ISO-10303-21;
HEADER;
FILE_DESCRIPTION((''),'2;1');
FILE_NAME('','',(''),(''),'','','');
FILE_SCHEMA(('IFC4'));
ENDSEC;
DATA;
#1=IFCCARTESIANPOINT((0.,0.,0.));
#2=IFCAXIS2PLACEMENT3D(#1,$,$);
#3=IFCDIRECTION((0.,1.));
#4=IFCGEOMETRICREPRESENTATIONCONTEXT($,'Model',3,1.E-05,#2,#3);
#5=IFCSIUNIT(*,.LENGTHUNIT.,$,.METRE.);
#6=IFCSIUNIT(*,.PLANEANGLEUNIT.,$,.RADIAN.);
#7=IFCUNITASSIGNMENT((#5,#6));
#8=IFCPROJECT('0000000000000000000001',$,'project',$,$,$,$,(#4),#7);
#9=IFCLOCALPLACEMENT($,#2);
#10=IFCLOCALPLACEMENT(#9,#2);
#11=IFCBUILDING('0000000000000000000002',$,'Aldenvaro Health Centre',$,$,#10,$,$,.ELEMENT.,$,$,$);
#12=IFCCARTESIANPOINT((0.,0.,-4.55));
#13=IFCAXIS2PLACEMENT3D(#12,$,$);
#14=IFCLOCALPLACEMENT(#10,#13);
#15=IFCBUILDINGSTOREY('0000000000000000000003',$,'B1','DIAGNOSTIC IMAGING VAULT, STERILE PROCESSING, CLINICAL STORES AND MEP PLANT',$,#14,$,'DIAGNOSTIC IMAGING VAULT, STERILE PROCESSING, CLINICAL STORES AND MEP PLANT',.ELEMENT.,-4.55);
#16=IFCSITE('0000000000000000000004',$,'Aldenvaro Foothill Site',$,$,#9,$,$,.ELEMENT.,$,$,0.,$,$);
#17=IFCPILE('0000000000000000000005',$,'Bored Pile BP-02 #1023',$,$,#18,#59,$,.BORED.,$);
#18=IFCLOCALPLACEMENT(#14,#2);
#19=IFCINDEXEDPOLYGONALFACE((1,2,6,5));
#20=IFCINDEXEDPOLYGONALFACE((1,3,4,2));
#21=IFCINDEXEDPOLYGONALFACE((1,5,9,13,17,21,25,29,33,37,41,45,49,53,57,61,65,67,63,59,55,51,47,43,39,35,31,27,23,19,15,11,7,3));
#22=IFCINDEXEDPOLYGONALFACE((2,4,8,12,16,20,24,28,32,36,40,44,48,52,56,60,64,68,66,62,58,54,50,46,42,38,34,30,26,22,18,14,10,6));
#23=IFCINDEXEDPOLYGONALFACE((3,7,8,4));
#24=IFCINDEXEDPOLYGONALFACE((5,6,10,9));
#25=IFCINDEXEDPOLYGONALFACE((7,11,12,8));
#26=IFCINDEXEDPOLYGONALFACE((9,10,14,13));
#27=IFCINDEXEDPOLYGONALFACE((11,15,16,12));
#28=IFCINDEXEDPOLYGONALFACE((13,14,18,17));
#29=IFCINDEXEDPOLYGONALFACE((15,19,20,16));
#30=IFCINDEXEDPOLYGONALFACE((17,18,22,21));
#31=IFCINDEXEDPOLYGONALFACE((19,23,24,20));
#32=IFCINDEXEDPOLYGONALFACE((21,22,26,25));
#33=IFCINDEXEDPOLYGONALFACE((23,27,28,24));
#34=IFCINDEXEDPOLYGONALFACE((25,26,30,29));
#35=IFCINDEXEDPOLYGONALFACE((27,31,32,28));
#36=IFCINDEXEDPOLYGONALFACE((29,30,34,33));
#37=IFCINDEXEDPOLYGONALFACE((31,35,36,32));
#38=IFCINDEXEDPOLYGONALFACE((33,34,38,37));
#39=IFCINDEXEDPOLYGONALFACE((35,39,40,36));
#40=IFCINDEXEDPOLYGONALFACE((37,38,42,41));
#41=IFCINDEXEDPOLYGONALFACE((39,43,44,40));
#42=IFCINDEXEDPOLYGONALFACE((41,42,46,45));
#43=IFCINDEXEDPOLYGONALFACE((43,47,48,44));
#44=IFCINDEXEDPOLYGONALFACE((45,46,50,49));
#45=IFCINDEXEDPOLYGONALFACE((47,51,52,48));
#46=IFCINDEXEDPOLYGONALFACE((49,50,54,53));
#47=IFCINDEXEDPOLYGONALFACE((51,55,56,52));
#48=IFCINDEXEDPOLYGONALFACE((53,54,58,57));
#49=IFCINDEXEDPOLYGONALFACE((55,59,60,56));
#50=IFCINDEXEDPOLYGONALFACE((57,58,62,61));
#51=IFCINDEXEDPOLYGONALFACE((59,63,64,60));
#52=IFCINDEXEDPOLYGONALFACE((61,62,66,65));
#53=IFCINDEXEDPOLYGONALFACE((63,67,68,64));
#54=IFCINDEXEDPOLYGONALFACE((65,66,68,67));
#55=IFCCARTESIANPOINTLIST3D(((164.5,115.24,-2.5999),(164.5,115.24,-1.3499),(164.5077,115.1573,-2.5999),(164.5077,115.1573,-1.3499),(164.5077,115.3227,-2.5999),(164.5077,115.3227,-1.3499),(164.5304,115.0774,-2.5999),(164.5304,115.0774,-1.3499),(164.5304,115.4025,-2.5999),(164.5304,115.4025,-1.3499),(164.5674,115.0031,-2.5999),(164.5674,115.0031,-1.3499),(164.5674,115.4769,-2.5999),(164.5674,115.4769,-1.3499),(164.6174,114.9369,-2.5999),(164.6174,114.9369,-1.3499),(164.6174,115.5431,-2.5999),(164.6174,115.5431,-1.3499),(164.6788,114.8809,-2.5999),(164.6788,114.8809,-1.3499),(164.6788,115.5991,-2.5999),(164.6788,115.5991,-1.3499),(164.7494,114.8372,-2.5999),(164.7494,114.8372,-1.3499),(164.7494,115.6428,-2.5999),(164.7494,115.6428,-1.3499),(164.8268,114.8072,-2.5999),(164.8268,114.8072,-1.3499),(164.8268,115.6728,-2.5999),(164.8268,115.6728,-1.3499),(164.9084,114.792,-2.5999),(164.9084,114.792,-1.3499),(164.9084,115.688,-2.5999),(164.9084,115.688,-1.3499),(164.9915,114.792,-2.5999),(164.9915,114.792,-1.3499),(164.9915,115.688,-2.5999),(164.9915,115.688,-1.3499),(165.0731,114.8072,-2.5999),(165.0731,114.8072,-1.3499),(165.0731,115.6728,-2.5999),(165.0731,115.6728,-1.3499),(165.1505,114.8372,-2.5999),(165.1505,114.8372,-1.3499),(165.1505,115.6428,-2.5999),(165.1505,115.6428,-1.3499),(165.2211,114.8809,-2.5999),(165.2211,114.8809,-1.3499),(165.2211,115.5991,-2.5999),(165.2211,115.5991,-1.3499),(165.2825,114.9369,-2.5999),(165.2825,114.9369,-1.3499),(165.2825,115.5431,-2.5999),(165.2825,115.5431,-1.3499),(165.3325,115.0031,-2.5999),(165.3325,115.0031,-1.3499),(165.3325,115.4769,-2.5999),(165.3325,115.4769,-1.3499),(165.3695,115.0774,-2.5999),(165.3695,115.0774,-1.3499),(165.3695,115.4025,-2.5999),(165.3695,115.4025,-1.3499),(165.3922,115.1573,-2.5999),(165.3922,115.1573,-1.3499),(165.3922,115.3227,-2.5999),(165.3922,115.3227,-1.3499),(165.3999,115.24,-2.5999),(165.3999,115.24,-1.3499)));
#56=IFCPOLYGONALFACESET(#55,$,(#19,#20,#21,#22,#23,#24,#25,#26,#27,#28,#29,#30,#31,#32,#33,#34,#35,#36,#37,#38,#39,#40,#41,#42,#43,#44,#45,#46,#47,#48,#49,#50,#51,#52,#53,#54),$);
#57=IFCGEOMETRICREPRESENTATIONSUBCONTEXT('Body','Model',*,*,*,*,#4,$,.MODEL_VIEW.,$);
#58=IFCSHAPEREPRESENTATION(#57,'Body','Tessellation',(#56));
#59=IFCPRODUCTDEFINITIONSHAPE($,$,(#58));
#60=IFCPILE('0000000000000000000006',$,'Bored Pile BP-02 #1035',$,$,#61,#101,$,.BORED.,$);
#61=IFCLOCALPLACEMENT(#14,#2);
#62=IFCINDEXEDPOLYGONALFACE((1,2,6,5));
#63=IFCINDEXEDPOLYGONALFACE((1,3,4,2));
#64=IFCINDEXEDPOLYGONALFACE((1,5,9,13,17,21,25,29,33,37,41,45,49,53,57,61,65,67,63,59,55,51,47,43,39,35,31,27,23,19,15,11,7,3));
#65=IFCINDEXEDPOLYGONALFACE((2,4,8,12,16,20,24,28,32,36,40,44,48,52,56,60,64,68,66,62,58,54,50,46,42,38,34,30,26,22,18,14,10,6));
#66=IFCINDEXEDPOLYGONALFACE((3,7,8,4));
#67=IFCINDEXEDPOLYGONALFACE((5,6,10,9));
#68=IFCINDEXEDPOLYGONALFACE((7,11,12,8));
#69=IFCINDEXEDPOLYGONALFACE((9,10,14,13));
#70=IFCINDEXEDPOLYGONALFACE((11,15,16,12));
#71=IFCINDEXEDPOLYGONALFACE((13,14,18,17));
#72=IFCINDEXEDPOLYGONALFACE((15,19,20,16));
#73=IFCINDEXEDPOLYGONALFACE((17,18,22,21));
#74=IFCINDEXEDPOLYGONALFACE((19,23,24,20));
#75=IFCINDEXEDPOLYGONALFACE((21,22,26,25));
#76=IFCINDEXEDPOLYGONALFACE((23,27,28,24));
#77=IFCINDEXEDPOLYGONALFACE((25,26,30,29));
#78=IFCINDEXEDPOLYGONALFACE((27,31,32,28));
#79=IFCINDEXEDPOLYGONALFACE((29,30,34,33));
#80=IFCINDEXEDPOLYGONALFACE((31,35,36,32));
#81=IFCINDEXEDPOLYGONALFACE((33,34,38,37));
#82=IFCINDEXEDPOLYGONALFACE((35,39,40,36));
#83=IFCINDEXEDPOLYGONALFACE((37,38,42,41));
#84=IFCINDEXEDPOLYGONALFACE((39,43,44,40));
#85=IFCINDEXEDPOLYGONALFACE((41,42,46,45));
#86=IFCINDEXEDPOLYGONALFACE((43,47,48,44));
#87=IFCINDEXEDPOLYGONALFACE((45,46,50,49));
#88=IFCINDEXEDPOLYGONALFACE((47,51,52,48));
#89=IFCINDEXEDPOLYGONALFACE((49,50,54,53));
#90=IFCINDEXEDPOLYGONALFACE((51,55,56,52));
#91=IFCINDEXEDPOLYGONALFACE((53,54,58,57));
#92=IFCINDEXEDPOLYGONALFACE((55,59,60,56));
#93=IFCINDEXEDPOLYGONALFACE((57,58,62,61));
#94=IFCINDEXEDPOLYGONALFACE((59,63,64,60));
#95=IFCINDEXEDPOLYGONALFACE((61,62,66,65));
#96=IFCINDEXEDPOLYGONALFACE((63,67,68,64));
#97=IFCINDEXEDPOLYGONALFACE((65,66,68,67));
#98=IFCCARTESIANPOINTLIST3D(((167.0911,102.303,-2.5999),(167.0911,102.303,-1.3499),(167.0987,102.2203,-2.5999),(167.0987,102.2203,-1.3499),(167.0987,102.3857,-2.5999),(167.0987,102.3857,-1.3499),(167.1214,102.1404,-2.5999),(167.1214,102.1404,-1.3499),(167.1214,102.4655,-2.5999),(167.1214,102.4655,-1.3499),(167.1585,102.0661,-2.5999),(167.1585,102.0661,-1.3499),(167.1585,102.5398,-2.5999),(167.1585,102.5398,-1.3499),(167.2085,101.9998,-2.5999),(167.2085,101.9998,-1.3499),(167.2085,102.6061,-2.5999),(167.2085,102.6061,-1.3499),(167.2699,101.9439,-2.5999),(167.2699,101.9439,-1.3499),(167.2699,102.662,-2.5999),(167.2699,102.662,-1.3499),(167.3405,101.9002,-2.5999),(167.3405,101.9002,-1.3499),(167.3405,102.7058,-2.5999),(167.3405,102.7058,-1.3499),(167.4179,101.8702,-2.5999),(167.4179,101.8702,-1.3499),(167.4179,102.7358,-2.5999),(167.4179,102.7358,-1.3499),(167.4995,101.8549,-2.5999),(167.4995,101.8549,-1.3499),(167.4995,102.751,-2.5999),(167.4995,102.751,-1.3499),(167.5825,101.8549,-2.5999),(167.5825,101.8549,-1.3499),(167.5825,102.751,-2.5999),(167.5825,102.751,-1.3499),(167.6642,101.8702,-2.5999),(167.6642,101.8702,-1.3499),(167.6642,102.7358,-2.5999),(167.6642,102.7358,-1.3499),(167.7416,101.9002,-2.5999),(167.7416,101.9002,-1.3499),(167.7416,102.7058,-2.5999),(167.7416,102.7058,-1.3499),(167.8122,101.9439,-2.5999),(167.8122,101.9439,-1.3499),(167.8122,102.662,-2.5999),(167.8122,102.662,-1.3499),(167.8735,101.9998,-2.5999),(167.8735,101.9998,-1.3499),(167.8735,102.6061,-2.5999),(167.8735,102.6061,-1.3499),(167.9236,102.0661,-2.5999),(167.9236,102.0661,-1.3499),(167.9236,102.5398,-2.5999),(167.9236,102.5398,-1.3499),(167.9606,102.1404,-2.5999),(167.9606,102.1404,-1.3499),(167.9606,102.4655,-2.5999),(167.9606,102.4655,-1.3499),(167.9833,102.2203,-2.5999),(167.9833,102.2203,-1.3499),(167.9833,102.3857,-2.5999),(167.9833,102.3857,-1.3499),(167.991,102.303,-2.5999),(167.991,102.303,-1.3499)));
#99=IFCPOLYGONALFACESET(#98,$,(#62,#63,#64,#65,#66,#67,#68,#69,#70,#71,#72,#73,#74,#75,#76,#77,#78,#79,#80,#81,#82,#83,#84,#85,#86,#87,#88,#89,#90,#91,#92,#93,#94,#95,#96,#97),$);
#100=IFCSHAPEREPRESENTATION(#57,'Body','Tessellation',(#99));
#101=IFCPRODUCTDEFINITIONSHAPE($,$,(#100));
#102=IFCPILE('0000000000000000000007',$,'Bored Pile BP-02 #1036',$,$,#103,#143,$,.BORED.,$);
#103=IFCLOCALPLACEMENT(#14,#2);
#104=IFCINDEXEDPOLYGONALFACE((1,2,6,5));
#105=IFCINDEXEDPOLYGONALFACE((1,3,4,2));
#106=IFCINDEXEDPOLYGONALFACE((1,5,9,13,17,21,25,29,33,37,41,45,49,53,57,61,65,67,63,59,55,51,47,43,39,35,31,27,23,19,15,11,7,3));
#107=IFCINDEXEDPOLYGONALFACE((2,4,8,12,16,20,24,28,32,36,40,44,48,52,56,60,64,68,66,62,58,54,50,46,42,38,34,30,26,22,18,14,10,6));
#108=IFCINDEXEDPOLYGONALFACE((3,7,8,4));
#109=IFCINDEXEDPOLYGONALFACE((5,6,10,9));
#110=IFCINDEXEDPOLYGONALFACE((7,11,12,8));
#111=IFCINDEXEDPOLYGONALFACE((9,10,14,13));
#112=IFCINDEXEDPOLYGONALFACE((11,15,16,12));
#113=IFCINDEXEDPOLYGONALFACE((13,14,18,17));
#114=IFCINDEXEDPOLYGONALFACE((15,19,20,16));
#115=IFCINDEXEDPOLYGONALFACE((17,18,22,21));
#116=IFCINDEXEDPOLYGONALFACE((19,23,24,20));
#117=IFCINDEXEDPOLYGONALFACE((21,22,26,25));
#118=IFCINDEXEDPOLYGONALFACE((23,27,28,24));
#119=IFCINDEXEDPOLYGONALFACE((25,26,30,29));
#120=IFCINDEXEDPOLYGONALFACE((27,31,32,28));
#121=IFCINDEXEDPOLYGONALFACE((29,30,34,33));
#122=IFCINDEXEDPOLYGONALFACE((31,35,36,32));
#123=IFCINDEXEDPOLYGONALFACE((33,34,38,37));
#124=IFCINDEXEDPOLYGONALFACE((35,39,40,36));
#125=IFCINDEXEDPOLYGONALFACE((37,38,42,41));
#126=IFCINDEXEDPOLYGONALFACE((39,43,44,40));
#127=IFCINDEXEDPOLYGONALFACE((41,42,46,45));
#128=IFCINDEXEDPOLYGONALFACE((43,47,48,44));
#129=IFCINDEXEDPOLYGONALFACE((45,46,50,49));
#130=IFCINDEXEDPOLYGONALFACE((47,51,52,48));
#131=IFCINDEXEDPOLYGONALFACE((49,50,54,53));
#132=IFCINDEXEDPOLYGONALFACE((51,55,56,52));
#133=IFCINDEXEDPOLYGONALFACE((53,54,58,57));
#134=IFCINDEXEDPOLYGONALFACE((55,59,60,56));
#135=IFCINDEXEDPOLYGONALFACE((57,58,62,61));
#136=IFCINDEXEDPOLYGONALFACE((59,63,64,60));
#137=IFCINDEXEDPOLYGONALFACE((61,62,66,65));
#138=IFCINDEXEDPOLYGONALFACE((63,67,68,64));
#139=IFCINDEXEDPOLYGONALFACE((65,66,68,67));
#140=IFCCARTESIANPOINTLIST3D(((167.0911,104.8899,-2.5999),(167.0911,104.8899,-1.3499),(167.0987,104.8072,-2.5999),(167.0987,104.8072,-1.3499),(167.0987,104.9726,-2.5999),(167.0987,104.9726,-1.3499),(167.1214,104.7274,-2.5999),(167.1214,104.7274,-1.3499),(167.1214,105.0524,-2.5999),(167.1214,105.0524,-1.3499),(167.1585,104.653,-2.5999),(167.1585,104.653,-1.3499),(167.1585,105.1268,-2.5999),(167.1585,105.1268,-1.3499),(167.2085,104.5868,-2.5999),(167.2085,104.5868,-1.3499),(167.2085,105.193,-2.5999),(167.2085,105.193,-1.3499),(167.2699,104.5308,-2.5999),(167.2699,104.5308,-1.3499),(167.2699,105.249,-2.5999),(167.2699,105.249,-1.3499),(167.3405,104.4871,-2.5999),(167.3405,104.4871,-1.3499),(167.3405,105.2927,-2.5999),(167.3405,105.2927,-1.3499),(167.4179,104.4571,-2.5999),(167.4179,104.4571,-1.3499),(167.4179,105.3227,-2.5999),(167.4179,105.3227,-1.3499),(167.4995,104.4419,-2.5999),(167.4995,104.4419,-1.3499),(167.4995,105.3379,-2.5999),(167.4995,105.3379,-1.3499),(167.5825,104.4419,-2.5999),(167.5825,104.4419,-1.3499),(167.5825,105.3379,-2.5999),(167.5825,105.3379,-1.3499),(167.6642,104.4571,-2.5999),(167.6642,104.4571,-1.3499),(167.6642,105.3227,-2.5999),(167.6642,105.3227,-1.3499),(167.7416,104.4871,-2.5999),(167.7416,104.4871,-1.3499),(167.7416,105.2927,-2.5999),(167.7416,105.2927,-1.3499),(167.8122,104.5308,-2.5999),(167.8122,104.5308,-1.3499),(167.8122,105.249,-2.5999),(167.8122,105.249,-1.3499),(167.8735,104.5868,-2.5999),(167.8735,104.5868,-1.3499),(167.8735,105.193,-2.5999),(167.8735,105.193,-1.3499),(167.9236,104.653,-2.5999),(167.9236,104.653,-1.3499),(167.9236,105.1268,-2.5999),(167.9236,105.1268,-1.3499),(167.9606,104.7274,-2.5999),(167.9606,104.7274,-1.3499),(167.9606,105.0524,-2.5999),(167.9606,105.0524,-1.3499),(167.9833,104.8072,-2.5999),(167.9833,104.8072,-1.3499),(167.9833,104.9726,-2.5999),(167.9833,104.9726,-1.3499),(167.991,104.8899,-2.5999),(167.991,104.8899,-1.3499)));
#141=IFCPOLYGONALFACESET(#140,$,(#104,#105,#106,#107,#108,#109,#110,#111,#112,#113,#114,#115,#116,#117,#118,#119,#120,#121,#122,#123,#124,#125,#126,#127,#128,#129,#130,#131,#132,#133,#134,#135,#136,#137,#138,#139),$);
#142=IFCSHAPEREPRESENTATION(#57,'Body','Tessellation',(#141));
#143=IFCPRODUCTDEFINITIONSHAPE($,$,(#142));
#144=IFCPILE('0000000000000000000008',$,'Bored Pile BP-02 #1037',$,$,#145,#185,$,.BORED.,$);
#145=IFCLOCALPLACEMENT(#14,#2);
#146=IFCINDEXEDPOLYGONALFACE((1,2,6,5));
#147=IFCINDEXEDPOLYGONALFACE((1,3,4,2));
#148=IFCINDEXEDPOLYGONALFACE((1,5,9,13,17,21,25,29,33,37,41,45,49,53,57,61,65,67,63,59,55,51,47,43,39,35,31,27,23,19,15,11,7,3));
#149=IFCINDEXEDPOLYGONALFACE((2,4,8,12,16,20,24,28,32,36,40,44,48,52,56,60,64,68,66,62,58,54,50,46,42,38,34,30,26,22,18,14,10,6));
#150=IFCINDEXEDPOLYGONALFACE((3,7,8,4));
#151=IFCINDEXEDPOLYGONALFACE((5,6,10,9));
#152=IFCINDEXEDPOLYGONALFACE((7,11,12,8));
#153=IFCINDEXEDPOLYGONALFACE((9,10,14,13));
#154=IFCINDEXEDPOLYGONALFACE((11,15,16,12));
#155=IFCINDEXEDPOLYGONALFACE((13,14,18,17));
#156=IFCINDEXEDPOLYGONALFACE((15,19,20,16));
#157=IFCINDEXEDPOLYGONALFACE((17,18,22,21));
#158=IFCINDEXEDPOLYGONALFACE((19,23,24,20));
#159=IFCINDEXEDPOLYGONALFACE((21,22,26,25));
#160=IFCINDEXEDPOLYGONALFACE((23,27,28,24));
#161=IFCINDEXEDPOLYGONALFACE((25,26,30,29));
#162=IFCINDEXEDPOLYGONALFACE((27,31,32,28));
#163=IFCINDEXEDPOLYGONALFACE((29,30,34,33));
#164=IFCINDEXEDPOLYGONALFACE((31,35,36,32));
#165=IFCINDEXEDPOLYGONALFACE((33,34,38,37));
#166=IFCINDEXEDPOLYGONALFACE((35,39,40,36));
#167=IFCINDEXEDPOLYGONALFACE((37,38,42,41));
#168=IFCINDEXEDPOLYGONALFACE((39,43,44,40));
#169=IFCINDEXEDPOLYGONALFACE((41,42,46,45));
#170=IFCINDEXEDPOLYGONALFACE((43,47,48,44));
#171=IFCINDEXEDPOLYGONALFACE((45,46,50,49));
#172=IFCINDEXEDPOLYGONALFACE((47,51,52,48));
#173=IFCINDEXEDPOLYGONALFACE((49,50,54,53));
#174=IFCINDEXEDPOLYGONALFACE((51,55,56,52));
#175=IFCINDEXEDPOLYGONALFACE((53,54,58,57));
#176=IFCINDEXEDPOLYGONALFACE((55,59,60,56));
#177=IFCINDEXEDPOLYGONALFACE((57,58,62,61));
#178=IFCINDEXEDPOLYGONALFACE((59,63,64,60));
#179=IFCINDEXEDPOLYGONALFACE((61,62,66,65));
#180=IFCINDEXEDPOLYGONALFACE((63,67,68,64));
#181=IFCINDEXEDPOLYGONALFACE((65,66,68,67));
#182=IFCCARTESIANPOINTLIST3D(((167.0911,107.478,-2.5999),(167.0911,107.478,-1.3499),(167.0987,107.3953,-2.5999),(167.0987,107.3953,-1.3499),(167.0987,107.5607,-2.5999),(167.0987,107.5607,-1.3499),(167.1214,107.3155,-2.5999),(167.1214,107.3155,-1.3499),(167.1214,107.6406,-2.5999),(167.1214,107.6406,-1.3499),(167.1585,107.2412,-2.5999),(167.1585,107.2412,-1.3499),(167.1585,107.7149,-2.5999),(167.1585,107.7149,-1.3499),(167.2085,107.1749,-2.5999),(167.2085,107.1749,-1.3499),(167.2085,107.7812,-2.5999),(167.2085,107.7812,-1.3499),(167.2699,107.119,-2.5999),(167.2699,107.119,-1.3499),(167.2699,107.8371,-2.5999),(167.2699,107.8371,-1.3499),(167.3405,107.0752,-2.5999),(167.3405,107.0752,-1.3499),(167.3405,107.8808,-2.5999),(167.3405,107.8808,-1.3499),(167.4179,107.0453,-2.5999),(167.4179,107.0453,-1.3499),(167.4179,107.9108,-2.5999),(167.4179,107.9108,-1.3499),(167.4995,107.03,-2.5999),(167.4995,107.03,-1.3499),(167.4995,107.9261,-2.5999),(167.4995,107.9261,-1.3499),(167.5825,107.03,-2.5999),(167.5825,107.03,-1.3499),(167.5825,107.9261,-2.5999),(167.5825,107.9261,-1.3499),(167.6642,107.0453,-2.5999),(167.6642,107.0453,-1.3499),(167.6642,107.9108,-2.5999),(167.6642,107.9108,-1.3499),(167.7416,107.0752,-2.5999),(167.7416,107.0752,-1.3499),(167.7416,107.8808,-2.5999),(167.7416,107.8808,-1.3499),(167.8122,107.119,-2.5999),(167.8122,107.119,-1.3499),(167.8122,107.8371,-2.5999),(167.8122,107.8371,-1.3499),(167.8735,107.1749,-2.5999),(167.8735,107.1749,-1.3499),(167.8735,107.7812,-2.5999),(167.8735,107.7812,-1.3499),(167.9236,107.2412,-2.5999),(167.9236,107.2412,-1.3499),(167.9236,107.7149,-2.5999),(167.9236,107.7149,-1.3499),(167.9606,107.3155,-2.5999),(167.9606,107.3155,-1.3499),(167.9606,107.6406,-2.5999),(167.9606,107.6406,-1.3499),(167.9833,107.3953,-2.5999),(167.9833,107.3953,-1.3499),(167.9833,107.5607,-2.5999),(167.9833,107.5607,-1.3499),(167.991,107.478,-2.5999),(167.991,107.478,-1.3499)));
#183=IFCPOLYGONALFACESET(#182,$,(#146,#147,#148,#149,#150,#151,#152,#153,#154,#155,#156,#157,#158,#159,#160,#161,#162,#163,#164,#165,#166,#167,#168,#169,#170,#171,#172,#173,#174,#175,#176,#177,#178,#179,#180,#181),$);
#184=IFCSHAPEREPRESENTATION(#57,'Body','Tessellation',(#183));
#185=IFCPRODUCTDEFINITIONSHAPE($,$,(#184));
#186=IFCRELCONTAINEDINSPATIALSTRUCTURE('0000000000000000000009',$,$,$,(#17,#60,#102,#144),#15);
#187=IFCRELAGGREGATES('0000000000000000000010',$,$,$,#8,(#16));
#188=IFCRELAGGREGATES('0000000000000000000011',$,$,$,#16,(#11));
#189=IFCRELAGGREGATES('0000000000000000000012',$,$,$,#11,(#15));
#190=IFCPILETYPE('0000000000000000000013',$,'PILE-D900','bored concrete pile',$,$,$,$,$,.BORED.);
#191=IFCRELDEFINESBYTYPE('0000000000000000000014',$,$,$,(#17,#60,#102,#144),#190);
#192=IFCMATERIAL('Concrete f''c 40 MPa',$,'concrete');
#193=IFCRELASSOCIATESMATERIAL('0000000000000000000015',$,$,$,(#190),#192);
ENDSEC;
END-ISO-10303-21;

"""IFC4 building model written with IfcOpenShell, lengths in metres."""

from ifc_helpers import new_model, si_unit, direction, frame, origin, origin_2d, place, context, subcontext, project, spatial, circle, extrude, material, material_profile, profile_set, type_object, element, save


model = new_model("IFC4")

# Units and contexts
model_context = context("Model", 3, precision=1e-05, world=origin(), true_north=direction((0.0, 1.0)))
body_context = subcontext(model_context, "Body", "Model", "MODEL_VIEW")
ifc_project = project(units=[si_unit("LENGTHUNIT", "METRE"), si_unit("PLANEANGLEUNIT", "RADIAN")], contexts=[model_context])

# Site, building, storey
site_placement = place(None, origin())
site = spatial("IfcSite", under=ifc_project, at=site_placement, Name="Aldenvaro Foothill Site", CompositionType="ELEMENT", RefElevation=0.0)
building_placement = place(site_placement, origin())
building = spatial("IfcBuilding", under=site, at=building_placement, Name="Aldenvaro Health Centre", CompositionType="ELEMENT")
storey_placement = place(building_placement, frame((0.0, 0.0, -4.55)))
storey = spatial("IfcBuildingStorey", under=building, at=storey_placement, Name="B1", Description="DIAGNOSTIC IMAGING VAULT, STERILE PROCESSING, CLINICAL STORES AND MEP PLANT", LongName="DIAGNOSTIC IMAGING VAULT, STERILE PROCESSING, CLINICAL STORES AND MEP PLANT", CompositionType="ELEMENT", Elevation=-4.55)

# Piles
ifc_material_1 = material(Name="Concrete f'c 40 MPa", Category="concrete")
ifc_material_profile_1 = material_profile(ifc_material_1, circle(Radius=0.45, at=origin_2d()), Name="PILE D900", Category="concrete")
ifc_profile_set_1 = profile_set([ifc_material_profile_1], Name="Concrete f'c 40 MPa")
pile_type = type_object("IfcPileType", Name="PILE-D900", Description="bored concrete pile", PredefinedType="BORED", material=ifc_profile_set_1)
for number, where, z_axis, x_axis, name in (
    (1, (164.95, 115.24, -1.3499), (0.0, 0.0, -1.0), (1.0, 0.0, 0.0), "Bored Pile BP-02 #1023"),
    (2, (167.541, 102.303, -1.3499), (0.0, 0.0, -1.0), (1.0, 0.0, 0.0), "Bored Pile BP-02 #1035"),
    (3, (167.541, 104.8899, -1.3499), (0.0, 0.0, -1.0), (1.0, 0.0, 0.0), "Bored Pile BP-02 #1036"),
    (4, (167.541, 107.478, -1.3499), (0.0, 0.0, -1.0), (1.0, 0.0, 0.0), "Bored Pile BP-02 #1037"),
):
    element("IfcPile", number, at=place(storey_placement, frame(where, z_axis=z_axis, x_axis=x_axis)), inside=storey, type_object=pile_type, Name=name, PredefinedType="BORED", context=body_context, shape_type="SweptSolid", body=[
        extrude(circle(Radius=0.45, at=origin_2d()), origin(), (0.0, 0.0, 1.0), 1.25),
    ])

save(model, "model.ifc")
